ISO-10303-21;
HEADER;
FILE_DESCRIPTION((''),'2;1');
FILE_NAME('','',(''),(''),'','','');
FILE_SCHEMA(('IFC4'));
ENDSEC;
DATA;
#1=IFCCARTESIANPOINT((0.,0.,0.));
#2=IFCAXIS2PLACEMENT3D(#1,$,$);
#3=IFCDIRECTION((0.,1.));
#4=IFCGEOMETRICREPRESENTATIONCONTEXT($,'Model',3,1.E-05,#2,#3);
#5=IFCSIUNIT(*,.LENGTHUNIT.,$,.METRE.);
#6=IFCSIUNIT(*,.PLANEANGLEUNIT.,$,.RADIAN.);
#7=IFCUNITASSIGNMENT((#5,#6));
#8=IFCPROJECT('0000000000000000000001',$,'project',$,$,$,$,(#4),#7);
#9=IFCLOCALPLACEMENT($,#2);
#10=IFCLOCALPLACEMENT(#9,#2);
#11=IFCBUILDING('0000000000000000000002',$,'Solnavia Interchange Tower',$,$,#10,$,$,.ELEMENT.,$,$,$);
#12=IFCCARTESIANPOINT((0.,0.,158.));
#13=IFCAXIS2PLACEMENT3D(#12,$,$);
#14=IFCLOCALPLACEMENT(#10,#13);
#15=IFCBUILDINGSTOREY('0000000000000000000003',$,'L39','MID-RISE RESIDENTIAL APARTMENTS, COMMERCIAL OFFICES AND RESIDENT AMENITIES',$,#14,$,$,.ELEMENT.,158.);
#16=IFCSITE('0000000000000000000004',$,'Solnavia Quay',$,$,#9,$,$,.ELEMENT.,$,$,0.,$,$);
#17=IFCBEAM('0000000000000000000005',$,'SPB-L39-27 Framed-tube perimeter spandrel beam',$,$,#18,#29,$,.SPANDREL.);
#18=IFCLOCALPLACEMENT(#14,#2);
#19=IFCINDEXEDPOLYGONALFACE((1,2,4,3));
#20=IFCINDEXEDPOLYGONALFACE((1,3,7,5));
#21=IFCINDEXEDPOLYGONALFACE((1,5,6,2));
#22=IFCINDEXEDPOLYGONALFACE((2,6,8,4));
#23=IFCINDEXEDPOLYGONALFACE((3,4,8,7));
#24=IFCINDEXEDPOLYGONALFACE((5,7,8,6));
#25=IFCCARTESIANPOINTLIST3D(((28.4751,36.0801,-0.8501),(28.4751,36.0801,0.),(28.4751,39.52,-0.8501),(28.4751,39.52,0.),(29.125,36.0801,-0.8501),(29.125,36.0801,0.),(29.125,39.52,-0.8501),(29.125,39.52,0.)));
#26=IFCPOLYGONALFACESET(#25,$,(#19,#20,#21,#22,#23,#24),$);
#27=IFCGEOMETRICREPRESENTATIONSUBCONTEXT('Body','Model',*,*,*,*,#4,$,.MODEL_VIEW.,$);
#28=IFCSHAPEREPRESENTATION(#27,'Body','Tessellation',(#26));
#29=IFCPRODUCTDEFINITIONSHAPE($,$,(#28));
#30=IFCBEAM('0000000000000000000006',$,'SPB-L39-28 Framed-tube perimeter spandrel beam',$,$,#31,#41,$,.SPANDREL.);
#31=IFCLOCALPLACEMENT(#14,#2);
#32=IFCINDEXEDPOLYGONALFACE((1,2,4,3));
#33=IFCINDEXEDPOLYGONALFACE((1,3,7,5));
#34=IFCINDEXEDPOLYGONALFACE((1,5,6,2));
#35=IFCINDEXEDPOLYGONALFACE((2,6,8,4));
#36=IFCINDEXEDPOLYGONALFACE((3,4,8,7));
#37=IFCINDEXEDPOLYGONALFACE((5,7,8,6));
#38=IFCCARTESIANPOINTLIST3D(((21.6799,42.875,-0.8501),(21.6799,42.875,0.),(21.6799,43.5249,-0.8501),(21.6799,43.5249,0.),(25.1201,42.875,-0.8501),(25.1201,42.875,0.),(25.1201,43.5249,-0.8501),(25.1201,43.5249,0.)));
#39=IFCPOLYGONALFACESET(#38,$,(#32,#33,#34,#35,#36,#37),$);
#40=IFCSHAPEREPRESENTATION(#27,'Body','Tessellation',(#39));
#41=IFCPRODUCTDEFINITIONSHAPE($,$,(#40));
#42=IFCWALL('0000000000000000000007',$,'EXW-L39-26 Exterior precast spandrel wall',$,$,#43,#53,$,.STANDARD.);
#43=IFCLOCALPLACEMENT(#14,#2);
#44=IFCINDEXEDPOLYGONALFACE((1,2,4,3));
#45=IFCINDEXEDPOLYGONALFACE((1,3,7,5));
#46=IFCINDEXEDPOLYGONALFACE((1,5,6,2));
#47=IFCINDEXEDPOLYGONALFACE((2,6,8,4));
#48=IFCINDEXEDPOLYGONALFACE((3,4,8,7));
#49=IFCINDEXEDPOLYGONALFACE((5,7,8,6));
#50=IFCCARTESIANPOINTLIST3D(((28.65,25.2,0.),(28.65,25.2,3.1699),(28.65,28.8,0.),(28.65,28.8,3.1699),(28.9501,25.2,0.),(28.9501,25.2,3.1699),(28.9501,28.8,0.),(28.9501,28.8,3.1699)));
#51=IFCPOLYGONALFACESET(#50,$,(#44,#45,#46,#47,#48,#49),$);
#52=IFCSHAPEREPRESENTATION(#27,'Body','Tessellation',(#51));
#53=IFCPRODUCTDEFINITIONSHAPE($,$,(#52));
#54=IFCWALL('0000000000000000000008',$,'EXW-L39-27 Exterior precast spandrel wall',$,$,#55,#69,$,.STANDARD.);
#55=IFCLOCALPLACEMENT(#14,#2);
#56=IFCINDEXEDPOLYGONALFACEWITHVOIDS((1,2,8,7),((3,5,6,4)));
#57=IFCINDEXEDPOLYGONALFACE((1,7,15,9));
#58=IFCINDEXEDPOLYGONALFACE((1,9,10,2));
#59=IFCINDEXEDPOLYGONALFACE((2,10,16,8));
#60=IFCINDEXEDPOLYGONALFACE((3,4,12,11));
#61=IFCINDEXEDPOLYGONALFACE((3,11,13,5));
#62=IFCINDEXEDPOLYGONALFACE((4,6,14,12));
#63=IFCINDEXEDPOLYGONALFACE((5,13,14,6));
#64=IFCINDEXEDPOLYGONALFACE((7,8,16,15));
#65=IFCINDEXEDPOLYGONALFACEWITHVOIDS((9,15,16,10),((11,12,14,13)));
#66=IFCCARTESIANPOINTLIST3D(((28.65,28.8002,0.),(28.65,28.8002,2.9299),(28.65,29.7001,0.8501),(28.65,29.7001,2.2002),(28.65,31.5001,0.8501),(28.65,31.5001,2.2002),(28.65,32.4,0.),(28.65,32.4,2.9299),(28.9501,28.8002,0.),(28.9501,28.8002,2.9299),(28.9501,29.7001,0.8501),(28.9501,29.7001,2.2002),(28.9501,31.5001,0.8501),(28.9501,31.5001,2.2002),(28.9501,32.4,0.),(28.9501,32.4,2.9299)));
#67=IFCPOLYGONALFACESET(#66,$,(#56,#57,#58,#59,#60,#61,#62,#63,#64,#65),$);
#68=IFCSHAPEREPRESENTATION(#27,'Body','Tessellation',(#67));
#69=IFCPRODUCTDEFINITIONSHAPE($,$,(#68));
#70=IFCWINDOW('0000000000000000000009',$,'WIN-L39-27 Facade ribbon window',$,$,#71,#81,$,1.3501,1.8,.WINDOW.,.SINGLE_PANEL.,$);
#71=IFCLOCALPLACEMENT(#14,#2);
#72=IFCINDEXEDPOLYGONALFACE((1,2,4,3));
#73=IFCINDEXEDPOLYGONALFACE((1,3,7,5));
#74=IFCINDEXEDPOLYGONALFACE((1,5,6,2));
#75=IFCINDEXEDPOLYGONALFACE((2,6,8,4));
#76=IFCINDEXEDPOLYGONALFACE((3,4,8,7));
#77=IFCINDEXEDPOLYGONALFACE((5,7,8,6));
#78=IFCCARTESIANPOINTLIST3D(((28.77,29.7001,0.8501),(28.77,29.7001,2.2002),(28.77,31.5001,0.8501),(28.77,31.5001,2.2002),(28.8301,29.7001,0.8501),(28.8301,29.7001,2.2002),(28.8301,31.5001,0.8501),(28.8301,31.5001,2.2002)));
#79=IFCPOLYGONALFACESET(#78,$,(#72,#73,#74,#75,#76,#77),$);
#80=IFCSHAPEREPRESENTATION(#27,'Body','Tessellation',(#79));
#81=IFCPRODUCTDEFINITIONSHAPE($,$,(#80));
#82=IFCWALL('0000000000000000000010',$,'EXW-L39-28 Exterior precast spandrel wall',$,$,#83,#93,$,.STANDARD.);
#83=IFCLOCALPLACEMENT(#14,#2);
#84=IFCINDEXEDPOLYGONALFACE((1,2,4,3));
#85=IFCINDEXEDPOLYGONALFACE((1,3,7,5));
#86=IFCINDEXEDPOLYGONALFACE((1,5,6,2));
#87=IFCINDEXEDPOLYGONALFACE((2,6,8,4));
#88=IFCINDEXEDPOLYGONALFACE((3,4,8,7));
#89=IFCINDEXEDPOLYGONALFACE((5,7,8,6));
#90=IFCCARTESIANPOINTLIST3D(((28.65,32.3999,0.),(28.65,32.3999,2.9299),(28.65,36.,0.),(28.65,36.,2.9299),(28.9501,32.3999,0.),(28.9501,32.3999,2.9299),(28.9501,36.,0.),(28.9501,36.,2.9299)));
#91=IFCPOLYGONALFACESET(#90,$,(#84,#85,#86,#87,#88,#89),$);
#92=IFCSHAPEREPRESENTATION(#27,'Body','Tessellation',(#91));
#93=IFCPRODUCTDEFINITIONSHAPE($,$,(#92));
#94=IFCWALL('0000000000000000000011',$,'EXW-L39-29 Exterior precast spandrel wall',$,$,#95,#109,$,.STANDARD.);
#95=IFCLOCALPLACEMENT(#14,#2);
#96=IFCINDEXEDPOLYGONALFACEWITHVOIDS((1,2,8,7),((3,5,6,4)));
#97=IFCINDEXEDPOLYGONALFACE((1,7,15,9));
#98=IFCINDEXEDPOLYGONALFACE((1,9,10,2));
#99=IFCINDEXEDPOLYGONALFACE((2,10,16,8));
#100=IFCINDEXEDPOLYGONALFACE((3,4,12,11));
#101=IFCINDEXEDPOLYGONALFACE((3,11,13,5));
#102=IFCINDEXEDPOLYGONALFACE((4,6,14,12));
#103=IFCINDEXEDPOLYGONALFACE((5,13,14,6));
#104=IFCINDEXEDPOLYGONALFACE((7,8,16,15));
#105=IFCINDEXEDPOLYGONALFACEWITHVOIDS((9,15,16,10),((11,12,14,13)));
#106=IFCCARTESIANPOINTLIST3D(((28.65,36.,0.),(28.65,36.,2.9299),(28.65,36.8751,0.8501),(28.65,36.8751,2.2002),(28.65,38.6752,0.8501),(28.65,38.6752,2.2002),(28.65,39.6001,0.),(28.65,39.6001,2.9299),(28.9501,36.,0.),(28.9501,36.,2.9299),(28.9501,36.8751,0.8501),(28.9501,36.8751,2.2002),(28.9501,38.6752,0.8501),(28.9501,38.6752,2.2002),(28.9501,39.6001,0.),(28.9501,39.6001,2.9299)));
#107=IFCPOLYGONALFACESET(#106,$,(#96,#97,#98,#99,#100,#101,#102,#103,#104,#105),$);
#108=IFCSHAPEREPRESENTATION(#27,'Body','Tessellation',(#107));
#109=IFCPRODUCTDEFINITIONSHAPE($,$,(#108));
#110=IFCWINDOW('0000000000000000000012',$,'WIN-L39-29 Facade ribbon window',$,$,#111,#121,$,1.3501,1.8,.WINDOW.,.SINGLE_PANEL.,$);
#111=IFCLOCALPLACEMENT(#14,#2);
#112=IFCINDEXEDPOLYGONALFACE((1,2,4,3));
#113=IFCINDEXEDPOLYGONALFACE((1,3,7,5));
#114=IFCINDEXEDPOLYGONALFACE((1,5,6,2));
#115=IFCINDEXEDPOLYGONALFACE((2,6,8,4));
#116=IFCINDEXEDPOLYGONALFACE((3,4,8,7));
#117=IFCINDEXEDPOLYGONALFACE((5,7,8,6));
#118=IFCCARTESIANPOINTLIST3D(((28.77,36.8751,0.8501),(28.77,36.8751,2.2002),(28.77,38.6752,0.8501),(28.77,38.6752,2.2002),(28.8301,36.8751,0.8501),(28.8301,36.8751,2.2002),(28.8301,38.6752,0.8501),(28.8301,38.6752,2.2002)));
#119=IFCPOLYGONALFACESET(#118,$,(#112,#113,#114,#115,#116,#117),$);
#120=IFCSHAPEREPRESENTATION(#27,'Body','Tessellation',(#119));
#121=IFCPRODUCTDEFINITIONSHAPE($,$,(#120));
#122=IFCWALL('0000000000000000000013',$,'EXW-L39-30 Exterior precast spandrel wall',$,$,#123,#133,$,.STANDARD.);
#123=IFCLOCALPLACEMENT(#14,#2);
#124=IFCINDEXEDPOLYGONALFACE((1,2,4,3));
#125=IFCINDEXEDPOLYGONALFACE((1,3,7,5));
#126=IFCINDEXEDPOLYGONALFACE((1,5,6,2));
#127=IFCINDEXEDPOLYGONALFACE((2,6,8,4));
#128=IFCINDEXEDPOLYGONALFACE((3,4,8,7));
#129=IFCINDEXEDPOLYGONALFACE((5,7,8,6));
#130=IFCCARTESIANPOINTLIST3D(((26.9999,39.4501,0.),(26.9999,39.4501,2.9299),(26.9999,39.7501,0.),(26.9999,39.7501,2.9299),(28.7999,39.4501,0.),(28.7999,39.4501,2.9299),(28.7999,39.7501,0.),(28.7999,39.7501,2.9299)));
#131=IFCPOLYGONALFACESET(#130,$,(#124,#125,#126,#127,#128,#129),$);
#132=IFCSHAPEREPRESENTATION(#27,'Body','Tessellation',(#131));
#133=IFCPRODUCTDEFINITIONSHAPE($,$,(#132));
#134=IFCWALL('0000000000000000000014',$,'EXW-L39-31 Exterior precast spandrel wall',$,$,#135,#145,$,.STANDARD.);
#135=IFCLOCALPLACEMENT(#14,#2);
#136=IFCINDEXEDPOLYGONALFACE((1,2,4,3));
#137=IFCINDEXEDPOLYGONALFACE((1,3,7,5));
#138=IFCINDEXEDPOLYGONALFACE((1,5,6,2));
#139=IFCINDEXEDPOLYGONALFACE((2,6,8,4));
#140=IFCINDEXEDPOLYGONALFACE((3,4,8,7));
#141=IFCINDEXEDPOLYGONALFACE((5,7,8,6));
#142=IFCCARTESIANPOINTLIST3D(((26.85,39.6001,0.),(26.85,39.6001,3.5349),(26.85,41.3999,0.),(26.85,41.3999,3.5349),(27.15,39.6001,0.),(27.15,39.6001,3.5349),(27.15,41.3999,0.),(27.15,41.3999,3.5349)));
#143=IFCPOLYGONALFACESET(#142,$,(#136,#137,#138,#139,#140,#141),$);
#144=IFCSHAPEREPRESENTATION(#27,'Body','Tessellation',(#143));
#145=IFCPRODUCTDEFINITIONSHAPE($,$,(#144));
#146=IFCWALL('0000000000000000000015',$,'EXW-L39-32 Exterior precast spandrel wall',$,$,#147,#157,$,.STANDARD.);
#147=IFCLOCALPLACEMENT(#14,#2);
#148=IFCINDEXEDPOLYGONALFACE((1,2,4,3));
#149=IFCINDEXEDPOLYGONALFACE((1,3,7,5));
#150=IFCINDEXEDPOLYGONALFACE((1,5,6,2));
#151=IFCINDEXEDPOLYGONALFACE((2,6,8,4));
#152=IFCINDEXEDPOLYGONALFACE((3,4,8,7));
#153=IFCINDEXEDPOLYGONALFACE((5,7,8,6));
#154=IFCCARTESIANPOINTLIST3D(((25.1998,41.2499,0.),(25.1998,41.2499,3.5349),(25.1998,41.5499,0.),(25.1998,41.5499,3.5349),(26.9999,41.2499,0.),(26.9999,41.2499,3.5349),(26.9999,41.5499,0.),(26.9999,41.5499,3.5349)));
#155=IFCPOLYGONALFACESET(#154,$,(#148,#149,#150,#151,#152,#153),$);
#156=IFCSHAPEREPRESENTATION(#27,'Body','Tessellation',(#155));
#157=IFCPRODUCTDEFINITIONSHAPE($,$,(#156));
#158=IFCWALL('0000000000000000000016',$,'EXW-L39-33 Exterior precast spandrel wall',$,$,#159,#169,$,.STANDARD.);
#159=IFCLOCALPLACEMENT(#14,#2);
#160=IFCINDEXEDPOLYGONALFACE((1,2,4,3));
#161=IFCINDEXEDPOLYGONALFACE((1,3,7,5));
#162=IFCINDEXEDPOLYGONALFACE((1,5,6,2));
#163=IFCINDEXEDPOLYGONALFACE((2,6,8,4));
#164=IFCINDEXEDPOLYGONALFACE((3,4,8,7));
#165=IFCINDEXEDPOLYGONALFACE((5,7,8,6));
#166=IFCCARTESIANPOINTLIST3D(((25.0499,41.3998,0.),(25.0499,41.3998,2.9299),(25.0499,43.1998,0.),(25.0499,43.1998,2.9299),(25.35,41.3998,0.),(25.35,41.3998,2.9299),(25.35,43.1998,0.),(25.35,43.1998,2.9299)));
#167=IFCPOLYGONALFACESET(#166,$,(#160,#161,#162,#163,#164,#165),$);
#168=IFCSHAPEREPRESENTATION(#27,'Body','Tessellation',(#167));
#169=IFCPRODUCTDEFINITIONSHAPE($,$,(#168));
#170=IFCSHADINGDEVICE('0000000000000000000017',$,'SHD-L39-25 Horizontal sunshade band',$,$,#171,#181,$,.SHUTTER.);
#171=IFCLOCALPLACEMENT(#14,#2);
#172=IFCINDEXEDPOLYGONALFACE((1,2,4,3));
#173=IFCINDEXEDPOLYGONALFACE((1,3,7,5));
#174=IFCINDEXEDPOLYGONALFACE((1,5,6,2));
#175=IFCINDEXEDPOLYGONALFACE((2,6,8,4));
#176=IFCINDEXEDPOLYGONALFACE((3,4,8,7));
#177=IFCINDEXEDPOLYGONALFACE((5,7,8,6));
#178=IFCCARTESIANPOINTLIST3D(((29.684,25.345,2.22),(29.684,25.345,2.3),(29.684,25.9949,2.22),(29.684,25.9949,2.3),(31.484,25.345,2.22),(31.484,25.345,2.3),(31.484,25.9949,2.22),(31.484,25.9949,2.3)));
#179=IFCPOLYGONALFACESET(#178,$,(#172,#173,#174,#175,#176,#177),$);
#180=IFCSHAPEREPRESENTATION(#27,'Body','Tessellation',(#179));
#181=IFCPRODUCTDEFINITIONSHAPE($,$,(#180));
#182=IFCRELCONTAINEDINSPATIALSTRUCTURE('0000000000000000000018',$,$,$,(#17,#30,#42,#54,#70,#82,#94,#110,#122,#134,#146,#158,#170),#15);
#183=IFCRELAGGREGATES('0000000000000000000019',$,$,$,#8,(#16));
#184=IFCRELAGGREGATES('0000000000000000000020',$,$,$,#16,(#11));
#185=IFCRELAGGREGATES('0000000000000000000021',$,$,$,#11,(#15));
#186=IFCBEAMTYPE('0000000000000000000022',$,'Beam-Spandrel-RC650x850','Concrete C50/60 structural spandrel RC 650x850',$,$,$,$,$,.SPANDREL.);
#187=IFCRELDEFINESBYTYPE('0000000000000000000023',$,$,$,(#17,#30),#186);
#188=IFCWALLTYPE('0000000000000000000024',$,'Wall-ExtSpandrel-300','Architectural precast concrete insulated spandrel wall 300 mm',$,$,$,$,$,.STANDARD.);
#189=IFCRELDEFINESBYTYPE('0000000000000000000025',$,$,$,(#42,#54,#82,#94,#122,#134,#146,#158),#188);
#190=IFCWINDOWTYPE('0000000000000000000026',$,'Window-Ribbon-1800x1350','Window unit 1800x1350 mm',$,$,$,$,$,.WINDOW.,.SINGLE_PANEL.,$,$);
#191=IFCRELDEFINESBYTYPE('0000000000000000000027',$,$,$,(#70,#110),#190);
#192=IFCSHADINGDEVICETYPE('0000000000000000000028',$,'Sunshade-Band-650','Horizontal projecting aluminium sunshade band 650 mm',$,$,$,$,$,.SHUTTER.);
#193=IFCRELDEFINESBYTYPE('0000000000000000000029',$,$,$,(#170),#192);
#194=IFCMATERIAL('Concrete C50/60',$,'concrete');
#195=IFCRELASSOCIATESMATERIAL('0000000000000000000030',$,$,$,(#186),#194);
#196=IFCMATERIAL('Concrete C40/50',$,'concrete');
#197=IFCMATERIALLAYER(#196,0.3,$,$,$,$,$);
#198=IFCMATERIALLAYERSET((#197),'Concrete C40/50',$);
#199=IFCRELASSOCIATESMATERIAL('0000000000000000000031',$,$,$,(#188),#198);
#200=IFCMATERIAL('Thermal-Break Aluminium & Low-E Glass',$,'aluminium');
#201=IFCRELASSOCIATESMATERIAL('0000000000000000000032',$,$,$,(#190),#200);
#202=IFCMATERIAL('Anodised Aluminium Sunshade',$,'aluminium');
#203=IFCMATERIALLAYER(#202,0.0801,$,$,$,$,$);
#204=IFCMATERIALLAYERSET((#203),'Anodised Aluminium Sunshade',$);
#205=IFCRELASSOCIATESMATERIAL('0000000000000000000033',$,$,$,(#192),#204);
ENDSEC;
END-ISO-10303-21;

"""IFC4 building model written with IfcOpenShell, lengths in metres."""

from ifc_helpers import new_model, si_unit, direction, frame, frame_2d, origin, origin_2d, place, context, subcontext, project, spatial, rectangle, extrude, material, layer, layer_set, material_profile, profile_set, type_object, element, fill, save


model = new_model("IFC4")

# Units and contexts
model_context = context("Model", 3, precision=1e-05, world=origin(), true_north=direction((0.0, 1.0)))
body_context = subcontext(model_context, "Body", "Model", "MODEL_VIEW")
ifc_project = project(units=[si_unit("LENGTHUNIT", "METRE"), si_unit("PLANEANGLEUNIT", "RADIAN")], contexts=[model_context])

# Site, building, storey
site_placement = place(None, origin())
site = spatial("IfcSite", under=ifc_project, at=site_placement, Name="Solnavia Quay", CompositionType="ELEMENT", RefElevation=0.0)
building_placement = place(site_placement, origin())
building = spatial("IfcBuilding", under=site, at=building_placement, Name="Solnavia Interchange Tower", CompositionType="ELEMENT")
storey_placement = place(building_placement, frame((0.0, 0.0, 158.0)))
storey = spatial("IfcBuildingStorey", under=building, at=storey_placement, Name="L39", Description="MID-RISE RESIDENTIAL APARTMENTS, COMMERCIAL OFFICES AND RESIDENT AMENITIES", CompositionType="ELEMENT", Elevation=158.0)

# Shared definitions
ifc_material_1 = material(Name="Concrete C50/60", Category="concrete")

# Beams
ifc_material_profile_1 = material_profile(ifc_material_1, rectangle(XDim=0.6499, YDim=0.8501, at=origin_2d()), Name="RC 650x850")
ifc_profile_set_1 = profile_set([ifc_material_profile_1], Name="Concrete C50/60")
beam_type_1 = type_object("IfcBeamType", Name="Beam-Spandrel-RC650x850", Description="Concrete C50/60 structural spandrel RC 650x850", PredefinedType="SPANDREL", material=ifc_profile_set_1)
for number, where, z_axis, x_axis, name in (
    (1, (28.8, 36.0801, -0.425), (0.0, 1.0, 0.0), (-1.0, 0.0, 0.0), "SPB-L39-27 Framed-tube perimeter spandrel beam"),
):
    element("IfcBeam", number, at=place(storey_placement, frame(where, z_axis=z_axis, x_axis=x_axis)), inside=storey, type_object=beam_type_1, Name=name, PredefinedType="SPANDREL", context=body_context, shape_type="SweptSolid", body=[
        extrude(rectangle(XDim=0.6499, YDim=0.8501, at=origin_2d()), origin(), (0.0, 0.0, 1.0), 3.4399),
    ])
beam_1_placement = place(storey_placement, frame((25.1201, 43.2, -0.425), z_axis=(-1.0, 0.0, 0.0), x_axis=(0.0, -1.0, 0.0)))
element("IfcBeam", 2, at=beam_1_placement, inside=storey, type_object=beam_type_1, Name="SPB-L39-28 Framed-tube perimeter spandrel beam", PredefinedType="SPANDREL", context=body_context, shape_type="SweptSolid", body=[
    extrude(rectangle(XDim=0.6499, YDim=0.8501, at=origin_2d()), origin(), (0.0, 0.0, 1.0), 3.4402),
])

# Wall
ifc_material_2 = material(Name="Concrete C40/50", Category="concrete")
ifc_layer_1 = layer(ifc_material_2, 0.3)
ifc_layer_set_1 = layer_set([ifc_layer_1], Name="Concrete C40/50")
wall_type = type_object("IfcWallType", Name="Wall-ExtSpandrel-300", Description="Architectural precast concrete insulated spandrel wall 300 mm", PredefinedType="STANDARD", material=ifc_layer_set_1)
wall_1_placement = place(storey_placement, frame((28.8, 28.8, 0.0), z_axis=(0.0, 0.0, 1.0), x_axis=(0.0, -1.0, 0.0)))
element("IfcWall", 3, at=wall_1_placement, inside=storey, type_object=wall_type, Name="EXW-L39-26 Exterior precast spandrel wall", PredefinedType="STANDARD", context=body_context, shape_type="SweptSolid", body=[
    extrude(rectangle(XDim=3.6001, YDim=0.3, at=frame_2d((1.8, 0.0))), origin(), (0.0, 0.0, 1.0), 3.1699),
])

# Wall, opening, window
wall_2_placement = place(storey_placement, frame((28.8, 32.3999, 0.0), z_axis=(0.0, 0.0, 1.0), x_axis=(0.0, -1.0, 0.0)))
wall_2 = element("IfcWall", 4, at=wall_2_placement, inside=storey, type_object=wall_type, Name="EXW-L39-27 Exterior precast spandrel wall", PredefinedType="STANDARD", context=body_context, shape_type="SweptSolid", body=[
    extrude(rectangle(XDim=3.5999, YDim=0.3, at=frame_2d((1.7998, 0.0))), origin(), (0.0, 0.0, 1.0), 2.9299),
])
opening_1_placement = place(wall_2_placement, frame((0.8999, 0.0, 0.8501)))
opening_1 = element("IfcOpeningElement", 5, at=opening_1_placement, cuts=wall_2, PredefinedType="OPENING", context=body_context, shape_type="SweptSolid", body=[
    extrude(rectangle(XDim=1.8, YDim=1.3501, at=frame_2d((0.8999, 0.675))), frame((0.0, 0.1602, 0.0), z_axis=(0.0, -1.0, 0.0), x_axis=(1.0, 0.0, 0.0)), (0.0, 0.0, 1.0), 0.3201),
])
ifc_material_3 = material(Name="Thermal-Break Aluminium & Low-E Glass", Category="aluminium")
window_type = type_object("IfcWindowType", Name="Window-Ribbon-1800x1350", Description="Window unit 1800x1350 mm", PartitioningType="SINGLE_PANEL", PredefinedType="WINDOW", material=ifc_material_3)
window_1_placement = place(opening_1_placement, origin())
window_1 = element("IfcWindow", 6, at=window_1_placement, inside=storey, type_object=window_type, Name="WIN-L39-27 Facade ribbon window", OverallHeight=1.3501, OverallWidth=1.8, PartitioningType="SINGLE_PANEL", PredefinedType="WINDOW", context=body_context, shape_type="SweptSolid", body=[
    extrude(rectangle(XDim=1.8, YDim=1.3501, at=frame_2d((0.8999, 0.675))), frame((0.0, 0.03, 0.0), z_axis=(0.0, -1.0, 0.0), x_axis=(1.0, 0.0, 0.0)), (0.0, 0.0, 1.0), 0.0601),
])
fill(opening_1, window_1)

# Wall
wall_3_placement = place(storey_placement, frame((28.8, 36.0, 0.0), z_axis=(0.0, 0.0, 1.0), x_axis=(0.0, -1.0, 0.0)))
element("IfcWall", 7, at=wall_3_placement, inside=storey, type_object=wall_type, Name="EXW-L39-28 Exterior precast spandrel wall", PredefinedType="STANDARD", context=body_context, shape_type="SweptSolid", body=[
    extrude(rectangle(XDim=3.6001, YDim=0.3, at=frame_2d((1.8, 0.0))), origin(), (0.0, 0.0, 1.0), 2.9299),
])

# Wall, opening, window
wall_4_placement = place(storey_placement, frame((28.8, 39.6001, 0.0), z_axis=(0.0, 0.0, 1.0), x_axis=(0.0, -1.0, 0.0)))
wall_4 = element("IfcWall", 8, at=wall_4_placement, inside=storey, type_object=wall_type, Name="EXW-L39-29 Exterior precast spandrel wall", PredefinedType="STANDARD", context=body_context, shape_type="SweptSolid", body=[
    extrude(rectangle(XDim=3.6001, YDim=0.3, at=frame_2d((1.8, 0.0))), origin(), (0.0, 0.0, 1.0), 2.9299),
])
opening_2_placement = place(wall_4_placement, frame((0.925, 0.0, 0.8501)))
opening_2 = element("IfcOpeningElement", 9, at=opening_2_placement, cuts=wall_4, PredefinedType="OPENING", context=body_context, shape_type="SweptSolid", body=[
    extrude(rectangle(XDim=1.8, YDim=1.3501, at=frame_2d((0.8999, 0.675))), frame((0.0, 0.1602, 0.0), z_axis=(0.0, -1.0, 0.0), x_axis=(1.0, 0.0, 0.0)), (0.0, 0.0, 1.0), 0.3201),
])
window_2_placement = place(opening_2_placement, origin())
window_2 = element("IfcWindow", 10, at=window_2_placement, inside=storey, type_object=window_type, Name="WIN-L39-29 Facade ribbon window", OverallHeight=1.3501, OverallWidth=1.8, PartitioningType="SINGLE_PANEL", PredefinedType="WINDOW", context=body_context, shape_type="SweptSolid", body=[
    extrude(rectangle(XDim=1.8, YDim=1.3501, at=frame_2d((0.8999, 0.675))), frame((0.0, 0.03, 0.0), z_axis=(0.0, -1.0, 0.0), x_axis=(1.0, 0.0, 0.0)), (0.0, 0.0, 1.0), 0.0601),
])
fill(opening_2, window_2)

# Walls
wall_5_placement = place(storey_placement, frame((27.0, 39.6001, 0.0), z_axis=(0.0, 0.0, 1.0), x_axis=(1.0, 0.0, 0.0)))
element("IfcWall", 11, at=wall_5_placement, inside=storey, type_object=wall_type, Name="EXW-L39-30 Exterior precast spandrel wall", PredefinedType="STANDARD", context=body_context, shape_type="SweptSolid", body=[
    extrude(rectangle(XDim=1.8, YDim=0.3, at=frame_2d((0.8999, 0.0))), origin(), (0.0, 0.0, 1.0), 2.9299),
])
wall_6_placement = place(storey_placement, frame((27.0, 39.6001, 0.0), z_axis=(0.0, 0.0, 1.0), x_axis=(0.0, 1.0, 0.0)))
element("IfcWall", 12, at=wall_6_placement, inside=storey, type_object=wall_type, Name="EXW-L39-31 Exterior precast spandrel wall", PredefinedType="STANDARD", context=body_context, shape_type="SweptSolid", body=[
    extrude(rectangle(XDim=1.7998, YDim=0.3, at=frame_2d((0.8999, 0.0))), origin(), (0.0, 0.0, 1.0), 3.5349),
])
wall_7_placement = place(storey_placement, frame((25.2, 41.3999, 0.0), z_axis=(0.0, 0.0, 1.0), x_axis=(1.0, 0.0, 0.0)))
element("IfcWall", 13, at=wall_7_placement, inside=storey, type_object=wall_type, Name="EXW-L39-32 Exterior precast spandrel wall", PredefinedType="STANDARD", context=body_context, shape_type="SweptSolid", body=[
    extrude(rectangle(XDim=1.8, YDim=0.3, at=frame_2d((0.8999, 0.0))), origin(), (0.0, 0.0, 1.0), 3.5349),
])
wall_8_placement = place(storey_placement, frame((25.2, 41.3999, 0.0), z_axis=(0.0, 0.0, 1.0), x_axis=(0.0, 1.0, 0.0)))
element("IfcWall", 14, at=wall_8_placement, inside=storey, type_object=wall_type, Name="EXW-L39-33 Exterior precast spandrel wall", PredefinedType="STANDARD", context=body_context, shape_type="SweptSolid", body=[
    extrude(rectangle(XDim=1.8, YDim=0.3, at=frame_2d((0.8999, 0.0))), origin(), (0.0, 0.0, 1.0), 2.9299),
])

# Shading device
ifc_material_4 = material(Name="Anodised Aluminium Sunshade", Category="aluminium")
ifc_layer_2 = layer(ifc_material_4, 0.0801)
ifc_layer_set_2 = layer_set([ifc_layer_2], Name="Anodised Aluminium Sunshade")
shading_device_type = type_object("IfcShadingDeviceType", Name="Sunshade-Band-650", Description="Horizontal projecting aluminium sunshade band 650 mm", PredefinedType="SHUTTER", material=ifc_layer_set_2)
for number, where, z_axis, x_axis, name in (
    (15, (30.584, 25.6699, 2.22), (0.0, 0.0, 1.0), (1.0, 0.0, 0.0), "SHD-L39-25 Horizontal sunshade band"),
):
    element("IfcShadingDevice", number, at=place(storey_placement, frame(where, z_axis=z_axis, x_axis=x_axis)), inside=storey, type_object=shading_device_type, Name=name, PredefinedType="SHUTTER", context=body_context, shape_type="SweptSolid", body=[
        extrude(rectangle(XDim=1.8, YDim=0.6499, at=origin_2d()), origin(), (0.0, 0.0, 1.0), 0.0801),
    ])

save(model, "model.ifc")
